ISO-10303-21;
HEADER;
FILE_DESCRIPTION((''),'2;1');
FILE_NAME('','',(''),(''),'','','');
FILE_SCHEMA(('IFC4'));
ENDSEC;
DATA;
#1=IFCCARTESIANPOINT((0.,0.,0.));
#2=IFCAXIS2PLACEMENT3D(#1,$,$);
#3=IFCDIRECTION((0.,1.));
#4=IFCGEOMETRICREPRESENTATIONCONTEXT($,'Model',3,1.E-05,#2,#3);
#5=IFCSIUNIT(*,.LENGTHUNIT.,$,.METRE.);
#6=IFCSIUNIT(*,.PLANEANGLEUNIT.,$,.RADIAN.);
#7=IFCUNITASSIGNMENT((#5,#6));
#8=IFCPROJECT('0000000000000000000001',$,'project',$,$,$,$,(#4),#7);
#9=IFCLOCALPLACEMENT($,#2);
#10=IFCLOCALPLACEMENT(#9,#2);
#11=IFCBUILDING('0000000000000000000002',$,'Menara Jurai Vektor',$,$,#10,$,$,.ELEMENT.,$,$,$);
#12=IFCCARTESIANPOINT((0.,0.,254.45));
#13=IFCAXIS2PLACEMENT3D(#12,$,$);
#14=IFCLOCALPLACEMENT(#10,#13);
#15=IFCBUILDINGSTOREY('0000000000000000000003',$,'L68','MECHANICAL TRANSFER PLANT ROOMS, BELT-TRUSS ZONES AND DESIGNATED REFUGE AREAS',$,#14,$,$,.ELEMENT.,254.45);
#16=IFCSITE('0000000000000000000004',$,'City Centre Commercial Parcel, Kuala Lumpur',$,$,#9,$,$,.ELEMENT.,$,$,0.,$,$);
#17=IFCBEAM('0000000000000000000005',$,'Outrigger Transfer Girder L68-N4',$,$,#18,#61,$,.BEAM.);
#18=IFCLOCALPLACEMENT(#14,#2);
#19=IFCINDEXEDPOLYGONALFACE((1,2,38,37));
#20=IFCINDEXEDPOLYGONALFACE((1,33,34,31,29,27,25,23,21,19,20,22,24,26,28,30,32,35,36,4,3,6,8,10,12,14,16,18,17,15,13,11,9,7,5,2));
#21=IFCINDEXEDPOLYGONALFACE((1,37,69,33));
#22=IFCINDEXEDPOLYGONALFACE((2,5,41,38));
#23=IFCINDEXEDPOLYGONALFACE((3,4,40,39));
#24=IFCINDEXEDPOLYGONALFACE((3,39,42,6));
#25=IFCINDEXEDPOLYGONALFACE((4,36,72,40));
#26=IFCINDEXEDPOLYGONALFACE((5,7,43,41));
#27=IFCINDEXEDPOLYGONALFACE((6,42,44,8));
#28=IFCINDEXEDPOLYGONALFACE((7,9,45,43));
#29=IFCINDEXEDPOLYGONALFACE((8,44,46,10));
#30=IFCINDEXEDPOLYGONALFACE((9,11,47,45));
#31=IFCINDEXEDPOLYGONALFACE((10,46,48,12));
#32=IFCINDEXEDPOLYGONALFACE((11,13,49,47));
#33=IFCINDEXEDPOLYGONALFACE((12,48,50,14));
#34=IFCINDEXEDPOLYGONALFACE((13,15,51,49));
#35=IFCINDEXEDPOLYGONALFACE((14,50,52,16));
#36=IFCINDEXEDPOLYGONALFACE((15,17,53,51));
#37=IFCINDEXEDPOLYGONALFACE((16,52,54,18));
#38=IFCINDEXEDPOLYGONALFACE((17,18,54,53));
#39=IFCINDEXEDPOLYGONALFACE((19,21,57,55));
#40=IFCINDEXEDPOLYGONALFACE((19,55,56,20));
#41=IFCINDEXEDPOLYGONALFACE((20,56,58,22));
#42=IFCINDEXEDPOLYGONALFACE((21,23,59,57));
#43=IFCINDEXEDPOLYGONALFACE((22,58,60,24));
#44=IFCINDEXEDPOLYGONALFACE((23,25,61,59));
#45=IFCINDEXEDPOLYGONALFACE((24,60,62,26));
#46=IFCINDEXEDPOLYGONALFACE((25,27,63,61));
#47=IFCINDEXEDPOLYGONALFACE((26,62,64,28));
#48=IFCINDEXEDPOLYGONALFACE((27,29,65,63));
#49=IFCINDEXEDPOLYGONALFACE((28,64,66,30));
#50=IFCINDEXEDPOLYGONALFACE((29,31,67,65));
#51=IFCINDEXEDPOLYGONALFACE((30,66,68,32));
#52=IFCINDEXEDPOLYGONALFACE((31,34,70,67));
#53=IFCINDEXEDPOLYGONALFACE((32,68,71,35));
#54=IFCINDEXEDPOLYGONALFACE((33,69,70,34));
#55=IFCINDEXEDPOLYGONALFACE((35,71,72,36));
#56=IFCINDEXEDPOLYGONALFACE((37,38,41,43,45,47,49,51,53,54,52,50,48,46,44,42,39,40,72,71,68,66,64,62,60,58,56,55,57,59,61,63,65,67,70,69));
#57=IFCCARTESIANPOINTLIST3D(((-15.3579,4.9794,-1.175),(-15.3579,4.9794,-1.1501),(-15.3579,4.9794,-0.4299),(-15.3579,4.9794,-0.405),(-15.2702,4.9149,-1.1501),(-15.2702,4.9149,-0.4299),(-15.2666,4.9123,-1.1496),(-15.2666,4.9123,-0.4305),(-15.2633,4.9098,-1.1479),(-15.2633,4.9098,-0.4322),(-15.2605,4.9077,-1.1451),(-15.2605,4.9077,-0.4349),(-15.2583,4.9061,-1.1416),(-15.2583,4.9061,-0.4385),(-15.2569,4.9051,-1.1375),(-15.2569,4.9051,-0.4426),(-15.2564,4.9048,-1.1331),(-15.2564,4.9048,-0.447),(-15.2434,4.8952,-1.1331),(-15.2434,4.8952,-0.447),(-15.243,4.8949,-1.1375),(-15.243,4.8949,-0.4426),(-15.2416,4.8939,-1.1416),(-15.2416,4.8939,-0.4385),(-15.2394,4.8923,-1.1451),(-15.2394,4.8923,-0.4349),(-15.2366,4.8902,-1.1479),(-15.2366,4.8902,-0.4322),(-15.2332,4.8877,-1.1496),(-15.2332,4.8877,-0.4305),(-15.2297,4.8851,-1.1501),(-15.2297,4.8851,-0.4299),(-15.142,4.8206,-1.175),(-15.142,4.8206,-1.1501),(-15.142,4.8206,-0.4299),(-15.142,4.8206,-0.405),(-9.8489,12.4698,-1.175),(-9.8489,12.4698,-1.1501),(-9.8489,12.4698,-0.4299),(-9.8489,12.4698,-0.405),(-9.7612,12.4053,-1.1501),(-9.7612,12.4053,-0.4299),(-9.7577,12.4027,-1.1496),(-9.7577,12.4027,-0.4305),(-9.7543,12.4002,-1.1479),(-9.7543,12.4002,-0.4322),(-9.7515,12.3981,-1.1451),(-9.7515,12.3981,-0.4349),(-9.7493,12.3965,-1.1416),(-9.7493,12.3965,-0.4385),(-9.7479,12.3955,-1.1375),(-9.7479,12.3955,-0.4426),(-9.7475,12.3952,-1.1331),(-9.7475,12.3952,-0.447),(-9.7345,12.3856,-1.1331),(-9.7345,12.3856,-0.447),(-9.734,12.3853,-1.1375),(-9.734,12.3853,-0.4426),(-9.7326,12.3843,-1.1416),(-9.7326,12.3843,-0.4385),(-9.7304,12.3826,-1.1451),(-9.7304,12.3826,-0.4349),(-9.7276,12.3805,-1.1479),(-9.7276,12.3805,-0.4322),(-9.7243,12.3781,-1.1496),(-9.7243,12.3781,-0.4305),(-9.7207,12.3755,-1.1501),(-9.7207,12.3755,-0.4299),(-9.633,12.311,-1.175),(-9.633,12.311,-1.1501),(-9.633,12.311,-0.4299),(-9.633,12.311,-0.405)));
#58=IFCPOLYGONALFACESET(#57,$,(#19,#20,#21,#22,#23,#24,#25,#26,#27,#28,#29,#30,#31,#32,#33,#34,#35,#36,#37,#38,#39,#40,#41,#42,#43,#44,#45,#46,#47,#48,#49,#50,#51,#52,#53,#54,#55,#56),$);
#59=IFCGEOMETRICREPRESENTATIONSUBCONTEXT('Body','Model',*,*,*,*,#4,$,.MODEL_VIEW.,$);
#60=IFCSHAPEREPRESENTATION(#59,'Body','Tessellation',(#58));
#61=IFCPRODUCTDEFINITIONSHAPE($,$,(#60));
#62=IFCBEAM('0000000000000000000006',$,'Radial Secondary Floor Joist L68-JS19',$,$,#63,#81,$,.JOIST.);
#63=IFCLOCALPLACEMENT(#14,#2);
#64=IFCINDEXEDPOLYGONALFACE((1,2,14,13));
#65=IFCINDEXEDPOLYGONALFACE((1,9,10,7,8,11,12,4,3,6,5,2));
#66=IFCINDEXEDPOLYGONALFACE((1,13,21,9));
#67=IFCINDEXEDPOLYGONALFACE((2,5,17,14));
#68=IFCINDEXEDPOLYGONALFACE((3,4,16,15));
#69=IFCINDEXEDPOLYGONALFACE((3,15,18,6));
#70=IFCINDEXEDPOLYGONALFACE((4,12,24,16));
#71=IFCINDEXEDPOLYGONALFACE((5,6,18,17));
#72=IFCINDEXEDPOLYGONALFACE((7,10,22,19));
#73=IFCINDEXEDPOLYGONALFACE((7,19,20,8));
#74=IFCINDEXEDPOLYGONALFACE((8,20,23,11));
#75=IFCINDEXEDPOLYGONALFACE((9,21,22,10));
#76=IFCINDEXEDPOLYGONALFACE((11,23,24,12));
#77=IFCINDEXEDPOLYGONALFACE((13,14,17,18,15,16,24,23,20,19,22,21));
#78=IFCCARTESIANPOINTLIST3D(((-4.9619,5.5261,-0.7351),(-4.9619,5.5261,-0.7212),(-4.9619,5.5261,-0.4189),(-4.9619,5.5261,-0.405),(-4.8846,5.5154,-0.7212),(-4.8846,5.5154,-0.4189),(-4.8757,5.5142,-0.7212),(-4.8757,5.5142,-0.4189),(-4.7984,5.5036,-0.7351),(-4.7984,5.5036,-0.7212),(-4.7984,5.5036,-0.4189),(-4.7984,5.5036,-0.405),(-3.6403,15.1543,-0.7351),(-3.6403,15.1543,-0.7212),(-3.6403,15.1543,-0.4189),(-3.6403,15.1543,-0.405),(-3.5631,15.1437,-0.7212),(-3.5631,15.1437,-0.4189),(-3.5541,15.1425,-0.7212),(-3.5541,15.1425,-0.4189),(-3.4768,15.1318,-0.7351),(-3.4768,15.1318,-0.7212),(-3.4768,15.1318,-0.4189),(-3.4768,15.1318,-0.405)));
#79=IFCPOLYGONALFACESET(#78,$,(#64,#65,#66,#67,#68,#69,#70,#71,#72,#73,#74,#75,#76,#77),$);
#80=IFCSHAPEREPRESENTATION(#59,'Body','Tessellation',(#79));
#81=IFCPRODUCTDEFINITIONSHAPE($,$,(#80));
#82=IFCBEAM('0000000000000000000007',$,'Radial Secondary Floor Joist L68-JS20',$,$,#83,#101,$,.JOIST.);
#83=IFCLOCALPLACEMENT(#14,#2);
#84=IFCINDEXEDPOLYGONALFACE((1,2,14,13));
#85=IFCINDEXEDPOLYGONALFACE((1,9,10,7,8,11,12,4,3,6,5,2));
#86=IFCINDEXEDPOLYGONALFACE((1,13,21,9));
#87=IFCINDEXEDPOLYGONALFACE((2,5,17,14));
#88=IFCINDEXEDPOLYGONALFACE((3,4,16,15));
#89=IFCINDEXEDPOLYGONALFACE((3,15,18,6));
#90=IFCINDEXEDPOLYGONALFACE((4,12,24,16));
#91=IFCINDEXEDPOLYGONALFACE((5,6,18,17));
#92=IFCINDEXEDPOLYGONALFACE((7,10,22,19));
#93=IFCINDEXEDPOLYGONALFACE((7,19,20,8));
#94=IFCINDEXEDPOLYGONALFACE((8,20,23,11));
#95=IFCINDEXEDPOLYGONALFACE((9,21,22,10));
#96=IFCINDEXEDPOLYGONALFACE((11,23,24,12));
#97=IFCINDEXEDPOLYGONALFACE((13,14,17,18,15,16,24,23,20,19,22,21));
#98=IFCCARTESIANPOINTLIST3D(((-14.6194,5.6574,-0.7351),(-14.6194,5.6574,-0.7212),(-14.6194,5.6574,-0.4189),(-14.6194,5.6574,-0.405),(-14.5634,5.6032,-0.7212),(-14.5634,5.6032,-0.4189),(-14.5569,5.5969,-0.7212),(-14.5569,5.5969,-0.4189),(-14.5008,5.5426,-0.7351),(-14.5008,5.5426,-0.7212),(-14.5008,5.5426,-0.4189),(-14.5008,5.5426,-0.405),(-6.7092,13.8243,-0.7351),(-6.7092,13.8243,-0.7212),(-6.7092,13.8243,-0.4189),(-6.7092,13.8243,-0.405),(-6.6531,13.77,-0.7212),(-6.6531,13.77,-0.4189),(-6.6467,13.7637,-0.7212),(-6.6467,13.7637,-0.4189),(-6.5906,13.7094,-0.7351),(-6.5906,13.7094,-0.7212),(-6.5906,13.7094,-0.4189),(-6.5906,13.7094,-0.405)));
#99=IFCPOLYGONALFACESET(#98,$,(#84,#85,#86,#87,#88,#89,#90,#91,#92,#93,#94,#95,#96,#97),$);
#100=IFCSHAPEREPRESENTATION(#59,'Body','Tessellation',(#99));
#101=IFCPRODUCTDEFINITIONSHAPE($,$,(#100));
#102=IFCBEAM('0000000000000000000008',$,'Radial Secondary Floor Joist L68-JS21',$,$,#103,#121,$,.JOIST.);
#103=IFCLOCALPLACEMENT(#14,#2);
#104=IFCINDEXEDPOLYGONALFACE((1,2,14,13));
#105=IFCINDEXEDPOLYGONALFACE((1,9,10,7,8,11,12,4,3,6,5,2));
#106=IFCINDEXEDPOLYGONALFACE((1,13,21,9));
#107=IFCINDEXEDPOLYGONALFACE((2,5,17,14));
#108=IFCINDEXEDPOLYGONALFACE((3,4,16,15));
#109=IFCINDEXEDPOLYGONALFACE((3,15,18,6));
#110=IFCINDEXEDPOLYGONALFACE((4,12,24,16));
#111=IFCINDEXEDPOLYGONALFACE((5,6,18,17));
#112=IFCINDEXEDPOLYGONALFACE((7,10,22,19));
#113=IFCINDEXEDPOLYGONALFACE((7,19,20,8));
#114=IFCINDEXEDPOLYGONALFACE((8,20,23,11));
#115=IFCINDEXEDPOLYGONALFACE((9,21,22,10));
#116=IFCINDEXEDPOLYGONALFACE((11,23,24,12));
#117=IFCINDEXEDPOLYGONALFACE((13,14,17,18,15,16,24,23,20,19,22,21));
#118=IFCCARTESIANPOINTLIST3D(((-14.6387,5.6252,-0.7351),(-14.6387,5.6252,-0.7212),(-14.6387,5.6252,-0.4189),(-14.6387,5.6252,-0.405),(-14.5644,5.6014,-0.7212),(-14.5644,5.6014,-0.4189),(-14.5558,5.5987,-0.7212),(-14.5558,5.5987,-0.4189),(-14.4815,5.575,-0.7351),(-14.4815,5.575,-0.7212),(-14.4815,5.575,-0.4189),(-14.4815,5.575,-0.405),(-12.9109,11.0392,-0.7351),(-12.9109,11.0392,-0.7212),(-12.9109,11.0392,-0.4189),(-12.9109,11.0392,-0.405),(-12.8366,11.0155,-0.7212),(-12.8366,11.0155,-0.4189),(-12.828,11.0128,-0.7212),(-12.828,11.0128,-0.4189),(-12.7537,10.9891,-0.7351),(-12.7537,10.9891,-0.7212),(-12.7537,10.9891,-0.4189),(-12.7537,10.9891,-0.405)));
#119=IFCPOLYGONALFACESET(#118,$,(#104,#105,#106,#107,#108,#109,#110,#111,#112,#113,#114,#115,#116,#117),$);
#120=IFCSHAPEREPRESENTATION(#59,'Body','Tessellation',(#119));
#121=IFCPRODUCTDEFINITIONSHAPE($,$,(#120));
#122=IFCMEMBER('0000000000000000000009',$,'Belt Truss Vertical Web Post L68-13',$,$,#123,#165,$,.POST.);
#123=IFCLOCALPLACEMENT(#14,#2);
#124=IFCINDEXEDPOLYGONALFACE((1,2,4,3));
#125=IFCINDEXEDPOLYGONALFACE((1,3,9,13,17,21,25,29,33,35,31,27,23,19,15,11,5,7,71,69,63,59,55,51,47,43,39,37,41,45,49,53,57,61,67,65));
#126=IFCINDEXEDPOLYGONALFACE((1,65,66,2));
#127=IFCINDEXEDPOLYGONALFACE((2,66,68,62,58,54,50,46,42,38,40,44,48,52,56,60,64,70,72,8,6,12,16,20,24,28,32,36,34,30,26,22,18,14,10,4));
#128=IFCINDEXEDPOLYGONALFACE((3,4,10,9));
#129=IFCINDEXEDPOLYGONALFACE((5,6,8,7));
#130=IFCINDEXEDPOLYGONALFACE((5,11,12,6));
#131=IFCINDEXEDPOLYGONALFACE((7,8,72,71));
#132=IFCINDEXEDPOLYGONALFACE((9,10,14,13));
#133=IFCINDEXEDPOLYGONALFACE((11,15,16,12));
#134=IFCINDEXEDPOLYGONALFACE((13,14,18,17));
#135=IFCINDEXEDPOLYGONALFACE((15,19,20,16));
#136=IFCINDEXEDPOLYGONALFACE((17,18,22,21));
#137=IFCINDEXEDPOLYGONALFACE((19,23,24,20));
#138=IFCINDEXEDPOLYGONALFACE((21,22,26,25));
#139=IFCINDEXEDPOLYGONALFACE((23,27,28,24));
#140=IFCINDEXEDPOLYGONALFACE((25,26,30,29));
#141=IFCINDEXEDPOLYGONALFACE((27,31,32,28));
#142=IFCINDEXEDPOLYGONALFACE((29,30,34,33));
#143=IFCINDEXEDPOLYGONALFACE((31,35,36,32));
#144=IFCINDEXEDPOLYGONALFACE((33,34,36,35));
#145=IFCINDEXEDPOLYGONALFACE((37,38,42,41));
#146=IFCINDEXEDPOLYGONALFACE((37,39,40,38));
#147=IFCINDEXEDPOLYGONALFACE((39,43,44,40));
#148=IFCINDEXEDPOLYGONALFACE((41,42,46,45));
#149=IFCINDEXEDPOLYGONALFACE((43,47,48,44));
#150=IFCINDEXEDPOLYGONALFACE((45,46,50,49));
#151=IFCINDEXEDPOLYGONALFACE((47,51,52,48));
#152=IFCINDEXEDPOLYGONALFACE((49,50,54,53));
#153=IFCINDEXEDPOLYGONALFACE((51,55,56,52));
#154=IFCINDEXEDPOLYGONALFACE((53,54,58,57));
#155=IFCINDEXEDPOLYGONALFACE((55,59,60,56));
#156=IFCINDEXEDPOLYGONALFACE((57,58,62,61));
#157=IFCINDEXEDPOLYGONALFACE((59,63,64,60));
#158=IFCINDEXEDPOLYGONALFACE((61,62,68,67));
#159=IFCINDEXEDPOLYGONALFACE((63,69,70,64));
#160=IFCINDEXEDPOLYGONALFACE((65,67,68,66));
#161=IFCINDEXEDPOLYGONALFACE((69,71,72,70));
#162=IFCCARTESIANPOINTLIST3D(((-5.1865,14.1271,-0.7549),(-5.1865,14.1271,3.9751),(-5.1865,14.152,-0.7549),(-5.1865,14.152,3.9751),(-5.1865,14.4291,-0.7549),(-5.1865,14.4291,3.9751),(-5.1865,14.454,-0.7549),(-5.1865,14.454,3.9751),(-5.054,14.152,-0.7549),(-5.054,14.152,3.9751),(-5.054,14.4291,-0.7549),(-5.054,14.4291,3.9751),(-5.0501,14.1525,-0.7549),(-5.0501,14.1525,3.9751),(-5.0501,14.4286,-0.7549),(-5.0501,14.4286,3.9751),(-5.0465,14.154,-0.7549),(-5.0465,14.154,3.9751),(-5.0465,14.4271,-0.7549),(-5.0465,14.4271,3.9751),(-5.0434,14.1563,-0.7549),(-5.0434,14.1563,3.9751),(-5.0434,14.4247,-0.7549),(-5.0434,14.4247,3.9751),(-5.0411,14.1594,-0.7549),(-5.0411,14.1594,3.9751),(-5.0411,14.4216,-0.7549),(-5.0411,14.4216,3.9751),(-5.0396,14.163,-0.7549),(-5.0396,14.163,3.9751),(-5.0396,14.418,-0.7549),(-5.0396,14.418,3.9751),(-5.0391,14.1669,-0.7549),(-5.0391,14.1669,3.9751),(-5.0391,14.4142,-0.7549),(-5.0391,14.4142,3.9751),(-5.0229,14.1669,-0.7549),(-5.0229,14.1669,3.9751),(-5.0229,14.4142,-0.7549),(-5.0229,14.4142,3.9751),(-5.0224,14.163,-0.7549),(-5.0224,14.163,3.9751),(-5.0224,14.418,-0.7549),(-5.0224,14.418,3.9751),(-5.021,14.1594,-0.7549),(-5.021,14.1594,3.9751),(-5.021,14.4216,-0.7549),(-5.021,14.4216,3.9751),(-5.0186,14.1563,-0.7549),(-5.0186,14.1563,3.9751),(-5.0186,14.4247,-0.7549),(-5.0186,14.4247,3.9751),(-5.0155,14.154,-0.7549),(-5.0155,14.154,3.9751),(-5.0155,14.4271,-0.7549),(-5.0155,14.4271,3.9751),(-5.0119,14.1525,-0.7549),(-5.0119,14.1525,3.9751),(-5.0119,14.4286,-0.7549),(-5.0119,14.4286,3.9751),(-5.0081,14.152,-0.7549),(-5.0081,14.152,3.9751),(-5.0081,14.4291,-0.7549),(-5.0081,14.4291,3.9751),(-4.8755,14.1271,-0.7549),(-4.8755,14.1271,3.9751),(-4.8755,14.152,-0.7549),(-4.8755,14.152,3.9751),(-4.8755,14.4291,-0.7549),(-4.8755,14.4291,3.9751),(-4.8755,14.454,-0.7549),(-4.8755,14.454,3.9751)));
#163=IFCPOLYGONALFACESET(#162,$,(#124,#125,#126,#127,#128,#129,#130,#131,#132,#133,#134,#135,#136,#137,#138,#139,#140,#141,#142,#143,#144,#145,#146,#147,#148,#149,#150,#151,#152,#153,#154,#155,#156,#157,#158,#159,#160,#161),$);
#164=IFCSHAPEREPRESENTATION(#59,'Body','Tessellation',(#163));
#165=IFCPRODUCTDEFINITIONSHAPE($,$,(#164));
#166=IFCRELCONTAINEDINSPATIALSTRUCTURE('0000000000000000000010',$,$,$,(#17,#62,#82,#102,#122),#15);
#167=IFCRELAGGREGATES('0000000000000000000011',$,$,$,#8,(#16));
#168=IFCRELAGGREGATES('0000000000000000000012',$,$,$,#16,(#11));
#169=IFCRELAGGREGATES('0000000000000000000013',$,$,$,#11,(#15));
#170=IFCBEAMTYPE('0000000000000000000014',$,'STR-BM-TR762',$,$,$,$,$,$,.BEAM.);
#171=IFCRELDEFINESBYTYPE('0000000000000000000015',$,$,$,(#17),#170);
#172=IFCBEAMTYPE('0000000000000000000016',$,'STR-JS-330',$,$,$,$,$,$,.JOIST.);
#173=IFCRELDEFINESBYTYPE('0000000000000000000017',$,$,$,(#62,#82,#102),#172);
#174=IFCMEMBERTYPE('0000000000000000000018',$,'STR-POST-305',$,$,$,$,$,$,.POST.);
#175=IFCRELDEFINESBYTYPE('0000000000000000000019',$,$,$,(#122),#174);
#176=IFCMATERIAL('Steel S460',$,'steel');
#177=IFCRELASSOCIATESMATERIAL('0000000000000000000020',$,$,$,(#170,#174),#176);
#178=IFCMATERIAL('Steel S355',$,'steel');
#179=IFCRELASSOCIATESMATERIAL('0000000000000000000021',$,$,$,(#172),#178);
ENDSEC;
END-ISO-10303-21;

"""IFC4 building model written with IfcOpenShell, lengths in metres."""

from ifc_helpers import new_model, si_unit, direction, frame, origin, origin_2d, place, context, subcontext, project, spatial, i_section, extrude, material, material_profile, profile_set, type_object, element, save


model = new_model("IFC4")

# Units and contexts
model_context = context("Model", 3, precision=1e-05, world=origin(), true_north=direction((0.0, 1.0)))
body_context = subcontext(model_context, "Body", "Model", "MODEL_VIEW")
ifc_project = project(units=[si_unit("LENGTHUNIT", "METRE"), si_unit("PLANEANGLEUNIT", "RADIAN")], contexts=[model_context])

# Site, building, storey
site_placement = place(None, origin())
site = spatial("IfcSite", under=ifc_project, at=site_placement, Name="City Centre Commercial Parcel, Kuala Lumpur", CompositionType="ELEMENT", RefElevation=0.0)
building_placement = place(site_placement, origin())
building = spatial("IfcBuilding", under=site, at=building_placement, Name="Menara Jurai Vektor", CompositionType="ELEMENT")
storey_placement = place(building_placement, frame((0.0, 0.0, 254.45)))
storey = spatial("IfcBuildingStorey", under=building, at=storey_placement, Name="L68", Description="MECHANICAL TRANSFER PLANT ROOMS, BELT-TRUSS ZONES AND DESIGNATED REFUGE AREAS", CompositionType="ELEMENT", Elevation=254.45)

# Shared definitions
ifc_material_1 = material(Name="Steel S355", Category="steel")
ifc_material_2 = material(Name="Steel S460", Category="steel")

# Beams
ifc_material_profile_1 = material_profile(ifc_material_2, i_section(OverallWidth=0.2681, OverallDepth=0.77, WebThickness=0.0161, FlangeThickness=0.0249, FilletRadius=0.0171, at=origin_2d()), Name="UKB 762x267x197")
ifc_profile_set_1 = profile_set([ifc_material_profile_1], Name="Steel S460")
beam_type_1 = type_object("IfcBeamType", Name="STR-BM-TR762", PredefinedType="BEAM", material=ifc_profile_set_1)
beam_1_placement = place(storey_placement, frame((-9.741, 12.3904, -0.79), z_axis=(-0.592483, -0.805583, 0.0), x_axis=(0.805583, -0.592483, 0.0)))
element("IfcBeam", 1, at=beam_1_placement, inside=storey, type_object=beam_type_1, Name="Outrigger Transfer Girder L68-N4", PredefinedType="BEAM", context=body_context, shape_type="SweptSolid", body=[
    extrude(i_section(OverallWidth=0.2681, OverallDepth=0.77, WebThickness=0.0161, FlangeThickness=0.0249, FilletRadius=0.0171, at=origin_2d()), origin(), (0.0, 0.0, 1.0), 9.2981),
])
ifc_material_profile_2 = material_profile(ifc_material_1, i_section(OverallWidth=0.165, OverallDepth=0.3301, WebThickness=0.009, FlangeThickness=0.0139, at=origin_2d()), Name="PG 330x165x46")
ifc_profile_set_2 = profile_set([ifc_material_profile_2], Name="Steel S355")
beam_type_2 = type_object("IfcBeamType", Name="STR-JS-330", PredefinedType="JOIST", material=ifc_profile_set_2)
beam_2_placement = place(storey_placement, frame((-3.5586, 15.1431, -0.5701), z_axis=(-0.135982, -0.990711, 0.0), x_axis=(0.990711, -0.135982, 0.0)))
element("IfcBeam", 2, at=beam_2_placement, inside=storey, type_object=beam_type_2, Name="Radial Secondary Floor Joist L68-JS19", PredefinedType="JOIST", context=body_context, shape_type="SweptSolid", body=[
    extrude(i_section(OverallWidth=0.165, OverallDepth=0.3301, WebThickness=0.009, FlangeThickness=0.0139, at=origin_2d()), origin(), (0.0, 0.0, 1.0), 9.7185),
])
beam_3_placement = place(storey_placement, frame((-6.6499, 13.7668, -0.5701), z_axis=(-0.695733, -0.718301, 0.0), x_axis=(0.718301, -0.695733, 0.0)))
element("IfcBeam", 3, at=beam_3_placement, inside=storey, type_object=beam_type_2, Name="Radial Secondary Floor Joist L68-JS20", PredefinedType="JOIST", context=body_context, shape_type="SweptSolid", body=[
    extrude(i_section(OverallWidth=0.165, OverallDepth=0.3301, WebThickness=0.009, FlangeThickness=0.0139, at=origin_2d()), origin(), (0.0, 0.0, 1.0), 11.3696),
])
beam_4_placement = place(storey_placement, frame((-12.8323, 11.0142, -0.5701), z_axis=(-0.304023, -0.952665, 0.0), x_axis=(0.952665, -0.304023, 0.0)))
element("IfcBeam", 4, at=beam_4_placement, inside=storey, type_object=beam_type_2, Name="Radial Secondary Floor Joist L68-JS21", PredefinedType="JOIST", context=body_context, shape_type="SweptSolid", body=[
    extrude(i_section(OverallWidth=0.165, OverallDepth=0.3301, WebThickness=0.009, FlangeThickness=0.0139, at=origin_2d()), origin(), (0.0, 0.0, 1.0), 5.6831),
])

# Member
ifc_material_profile_3 = material_profile(ifc_material_2, i_section(OverallWidth=0.311, OverallDepth=0.3269, WebThickness=0.0161, FlangeThickness=0.0249, FilletRadius=0.0149, at=origin_2d()), Name="UKC 305x305x158")
ifc_profile_set_3 = profile_set([ifc_material_profile_3], Name="Steel S460")
member_type_1 = type_object("IfcMemberType", Name="STR-POST-305", PredefinedType="POST", material=ifc_profile_set_3)
for number, where, z_axis, x_axis, name in (
    (5, (-5.031, 14.2905, -0.7549), (0.0, 0.0, 1.0), (1.0, 0.0, 0.0), "Belt Truss Vertical Web Post L68-13"),
):
    element("IfcMember", number, at=place(storey_placement, frame(where, z_axis=z_axis, x_axis=x_axis)), inside=storey, type_object=member_type_1, Name=name, PredefinedType="POST", context=body_context, shape_type="SweptSolid", body=[
        extrude(i_section(OverallWidth=0.311, OverallDepth=0.3269, WebThickness=0.0161, FlangeThickness=0.0249, FilletRadius=0.0149, at=origin_2d()), origin(), (0.0, 0.0, 1.0), 4.73),
    ])

save(model, "model.ifc")
